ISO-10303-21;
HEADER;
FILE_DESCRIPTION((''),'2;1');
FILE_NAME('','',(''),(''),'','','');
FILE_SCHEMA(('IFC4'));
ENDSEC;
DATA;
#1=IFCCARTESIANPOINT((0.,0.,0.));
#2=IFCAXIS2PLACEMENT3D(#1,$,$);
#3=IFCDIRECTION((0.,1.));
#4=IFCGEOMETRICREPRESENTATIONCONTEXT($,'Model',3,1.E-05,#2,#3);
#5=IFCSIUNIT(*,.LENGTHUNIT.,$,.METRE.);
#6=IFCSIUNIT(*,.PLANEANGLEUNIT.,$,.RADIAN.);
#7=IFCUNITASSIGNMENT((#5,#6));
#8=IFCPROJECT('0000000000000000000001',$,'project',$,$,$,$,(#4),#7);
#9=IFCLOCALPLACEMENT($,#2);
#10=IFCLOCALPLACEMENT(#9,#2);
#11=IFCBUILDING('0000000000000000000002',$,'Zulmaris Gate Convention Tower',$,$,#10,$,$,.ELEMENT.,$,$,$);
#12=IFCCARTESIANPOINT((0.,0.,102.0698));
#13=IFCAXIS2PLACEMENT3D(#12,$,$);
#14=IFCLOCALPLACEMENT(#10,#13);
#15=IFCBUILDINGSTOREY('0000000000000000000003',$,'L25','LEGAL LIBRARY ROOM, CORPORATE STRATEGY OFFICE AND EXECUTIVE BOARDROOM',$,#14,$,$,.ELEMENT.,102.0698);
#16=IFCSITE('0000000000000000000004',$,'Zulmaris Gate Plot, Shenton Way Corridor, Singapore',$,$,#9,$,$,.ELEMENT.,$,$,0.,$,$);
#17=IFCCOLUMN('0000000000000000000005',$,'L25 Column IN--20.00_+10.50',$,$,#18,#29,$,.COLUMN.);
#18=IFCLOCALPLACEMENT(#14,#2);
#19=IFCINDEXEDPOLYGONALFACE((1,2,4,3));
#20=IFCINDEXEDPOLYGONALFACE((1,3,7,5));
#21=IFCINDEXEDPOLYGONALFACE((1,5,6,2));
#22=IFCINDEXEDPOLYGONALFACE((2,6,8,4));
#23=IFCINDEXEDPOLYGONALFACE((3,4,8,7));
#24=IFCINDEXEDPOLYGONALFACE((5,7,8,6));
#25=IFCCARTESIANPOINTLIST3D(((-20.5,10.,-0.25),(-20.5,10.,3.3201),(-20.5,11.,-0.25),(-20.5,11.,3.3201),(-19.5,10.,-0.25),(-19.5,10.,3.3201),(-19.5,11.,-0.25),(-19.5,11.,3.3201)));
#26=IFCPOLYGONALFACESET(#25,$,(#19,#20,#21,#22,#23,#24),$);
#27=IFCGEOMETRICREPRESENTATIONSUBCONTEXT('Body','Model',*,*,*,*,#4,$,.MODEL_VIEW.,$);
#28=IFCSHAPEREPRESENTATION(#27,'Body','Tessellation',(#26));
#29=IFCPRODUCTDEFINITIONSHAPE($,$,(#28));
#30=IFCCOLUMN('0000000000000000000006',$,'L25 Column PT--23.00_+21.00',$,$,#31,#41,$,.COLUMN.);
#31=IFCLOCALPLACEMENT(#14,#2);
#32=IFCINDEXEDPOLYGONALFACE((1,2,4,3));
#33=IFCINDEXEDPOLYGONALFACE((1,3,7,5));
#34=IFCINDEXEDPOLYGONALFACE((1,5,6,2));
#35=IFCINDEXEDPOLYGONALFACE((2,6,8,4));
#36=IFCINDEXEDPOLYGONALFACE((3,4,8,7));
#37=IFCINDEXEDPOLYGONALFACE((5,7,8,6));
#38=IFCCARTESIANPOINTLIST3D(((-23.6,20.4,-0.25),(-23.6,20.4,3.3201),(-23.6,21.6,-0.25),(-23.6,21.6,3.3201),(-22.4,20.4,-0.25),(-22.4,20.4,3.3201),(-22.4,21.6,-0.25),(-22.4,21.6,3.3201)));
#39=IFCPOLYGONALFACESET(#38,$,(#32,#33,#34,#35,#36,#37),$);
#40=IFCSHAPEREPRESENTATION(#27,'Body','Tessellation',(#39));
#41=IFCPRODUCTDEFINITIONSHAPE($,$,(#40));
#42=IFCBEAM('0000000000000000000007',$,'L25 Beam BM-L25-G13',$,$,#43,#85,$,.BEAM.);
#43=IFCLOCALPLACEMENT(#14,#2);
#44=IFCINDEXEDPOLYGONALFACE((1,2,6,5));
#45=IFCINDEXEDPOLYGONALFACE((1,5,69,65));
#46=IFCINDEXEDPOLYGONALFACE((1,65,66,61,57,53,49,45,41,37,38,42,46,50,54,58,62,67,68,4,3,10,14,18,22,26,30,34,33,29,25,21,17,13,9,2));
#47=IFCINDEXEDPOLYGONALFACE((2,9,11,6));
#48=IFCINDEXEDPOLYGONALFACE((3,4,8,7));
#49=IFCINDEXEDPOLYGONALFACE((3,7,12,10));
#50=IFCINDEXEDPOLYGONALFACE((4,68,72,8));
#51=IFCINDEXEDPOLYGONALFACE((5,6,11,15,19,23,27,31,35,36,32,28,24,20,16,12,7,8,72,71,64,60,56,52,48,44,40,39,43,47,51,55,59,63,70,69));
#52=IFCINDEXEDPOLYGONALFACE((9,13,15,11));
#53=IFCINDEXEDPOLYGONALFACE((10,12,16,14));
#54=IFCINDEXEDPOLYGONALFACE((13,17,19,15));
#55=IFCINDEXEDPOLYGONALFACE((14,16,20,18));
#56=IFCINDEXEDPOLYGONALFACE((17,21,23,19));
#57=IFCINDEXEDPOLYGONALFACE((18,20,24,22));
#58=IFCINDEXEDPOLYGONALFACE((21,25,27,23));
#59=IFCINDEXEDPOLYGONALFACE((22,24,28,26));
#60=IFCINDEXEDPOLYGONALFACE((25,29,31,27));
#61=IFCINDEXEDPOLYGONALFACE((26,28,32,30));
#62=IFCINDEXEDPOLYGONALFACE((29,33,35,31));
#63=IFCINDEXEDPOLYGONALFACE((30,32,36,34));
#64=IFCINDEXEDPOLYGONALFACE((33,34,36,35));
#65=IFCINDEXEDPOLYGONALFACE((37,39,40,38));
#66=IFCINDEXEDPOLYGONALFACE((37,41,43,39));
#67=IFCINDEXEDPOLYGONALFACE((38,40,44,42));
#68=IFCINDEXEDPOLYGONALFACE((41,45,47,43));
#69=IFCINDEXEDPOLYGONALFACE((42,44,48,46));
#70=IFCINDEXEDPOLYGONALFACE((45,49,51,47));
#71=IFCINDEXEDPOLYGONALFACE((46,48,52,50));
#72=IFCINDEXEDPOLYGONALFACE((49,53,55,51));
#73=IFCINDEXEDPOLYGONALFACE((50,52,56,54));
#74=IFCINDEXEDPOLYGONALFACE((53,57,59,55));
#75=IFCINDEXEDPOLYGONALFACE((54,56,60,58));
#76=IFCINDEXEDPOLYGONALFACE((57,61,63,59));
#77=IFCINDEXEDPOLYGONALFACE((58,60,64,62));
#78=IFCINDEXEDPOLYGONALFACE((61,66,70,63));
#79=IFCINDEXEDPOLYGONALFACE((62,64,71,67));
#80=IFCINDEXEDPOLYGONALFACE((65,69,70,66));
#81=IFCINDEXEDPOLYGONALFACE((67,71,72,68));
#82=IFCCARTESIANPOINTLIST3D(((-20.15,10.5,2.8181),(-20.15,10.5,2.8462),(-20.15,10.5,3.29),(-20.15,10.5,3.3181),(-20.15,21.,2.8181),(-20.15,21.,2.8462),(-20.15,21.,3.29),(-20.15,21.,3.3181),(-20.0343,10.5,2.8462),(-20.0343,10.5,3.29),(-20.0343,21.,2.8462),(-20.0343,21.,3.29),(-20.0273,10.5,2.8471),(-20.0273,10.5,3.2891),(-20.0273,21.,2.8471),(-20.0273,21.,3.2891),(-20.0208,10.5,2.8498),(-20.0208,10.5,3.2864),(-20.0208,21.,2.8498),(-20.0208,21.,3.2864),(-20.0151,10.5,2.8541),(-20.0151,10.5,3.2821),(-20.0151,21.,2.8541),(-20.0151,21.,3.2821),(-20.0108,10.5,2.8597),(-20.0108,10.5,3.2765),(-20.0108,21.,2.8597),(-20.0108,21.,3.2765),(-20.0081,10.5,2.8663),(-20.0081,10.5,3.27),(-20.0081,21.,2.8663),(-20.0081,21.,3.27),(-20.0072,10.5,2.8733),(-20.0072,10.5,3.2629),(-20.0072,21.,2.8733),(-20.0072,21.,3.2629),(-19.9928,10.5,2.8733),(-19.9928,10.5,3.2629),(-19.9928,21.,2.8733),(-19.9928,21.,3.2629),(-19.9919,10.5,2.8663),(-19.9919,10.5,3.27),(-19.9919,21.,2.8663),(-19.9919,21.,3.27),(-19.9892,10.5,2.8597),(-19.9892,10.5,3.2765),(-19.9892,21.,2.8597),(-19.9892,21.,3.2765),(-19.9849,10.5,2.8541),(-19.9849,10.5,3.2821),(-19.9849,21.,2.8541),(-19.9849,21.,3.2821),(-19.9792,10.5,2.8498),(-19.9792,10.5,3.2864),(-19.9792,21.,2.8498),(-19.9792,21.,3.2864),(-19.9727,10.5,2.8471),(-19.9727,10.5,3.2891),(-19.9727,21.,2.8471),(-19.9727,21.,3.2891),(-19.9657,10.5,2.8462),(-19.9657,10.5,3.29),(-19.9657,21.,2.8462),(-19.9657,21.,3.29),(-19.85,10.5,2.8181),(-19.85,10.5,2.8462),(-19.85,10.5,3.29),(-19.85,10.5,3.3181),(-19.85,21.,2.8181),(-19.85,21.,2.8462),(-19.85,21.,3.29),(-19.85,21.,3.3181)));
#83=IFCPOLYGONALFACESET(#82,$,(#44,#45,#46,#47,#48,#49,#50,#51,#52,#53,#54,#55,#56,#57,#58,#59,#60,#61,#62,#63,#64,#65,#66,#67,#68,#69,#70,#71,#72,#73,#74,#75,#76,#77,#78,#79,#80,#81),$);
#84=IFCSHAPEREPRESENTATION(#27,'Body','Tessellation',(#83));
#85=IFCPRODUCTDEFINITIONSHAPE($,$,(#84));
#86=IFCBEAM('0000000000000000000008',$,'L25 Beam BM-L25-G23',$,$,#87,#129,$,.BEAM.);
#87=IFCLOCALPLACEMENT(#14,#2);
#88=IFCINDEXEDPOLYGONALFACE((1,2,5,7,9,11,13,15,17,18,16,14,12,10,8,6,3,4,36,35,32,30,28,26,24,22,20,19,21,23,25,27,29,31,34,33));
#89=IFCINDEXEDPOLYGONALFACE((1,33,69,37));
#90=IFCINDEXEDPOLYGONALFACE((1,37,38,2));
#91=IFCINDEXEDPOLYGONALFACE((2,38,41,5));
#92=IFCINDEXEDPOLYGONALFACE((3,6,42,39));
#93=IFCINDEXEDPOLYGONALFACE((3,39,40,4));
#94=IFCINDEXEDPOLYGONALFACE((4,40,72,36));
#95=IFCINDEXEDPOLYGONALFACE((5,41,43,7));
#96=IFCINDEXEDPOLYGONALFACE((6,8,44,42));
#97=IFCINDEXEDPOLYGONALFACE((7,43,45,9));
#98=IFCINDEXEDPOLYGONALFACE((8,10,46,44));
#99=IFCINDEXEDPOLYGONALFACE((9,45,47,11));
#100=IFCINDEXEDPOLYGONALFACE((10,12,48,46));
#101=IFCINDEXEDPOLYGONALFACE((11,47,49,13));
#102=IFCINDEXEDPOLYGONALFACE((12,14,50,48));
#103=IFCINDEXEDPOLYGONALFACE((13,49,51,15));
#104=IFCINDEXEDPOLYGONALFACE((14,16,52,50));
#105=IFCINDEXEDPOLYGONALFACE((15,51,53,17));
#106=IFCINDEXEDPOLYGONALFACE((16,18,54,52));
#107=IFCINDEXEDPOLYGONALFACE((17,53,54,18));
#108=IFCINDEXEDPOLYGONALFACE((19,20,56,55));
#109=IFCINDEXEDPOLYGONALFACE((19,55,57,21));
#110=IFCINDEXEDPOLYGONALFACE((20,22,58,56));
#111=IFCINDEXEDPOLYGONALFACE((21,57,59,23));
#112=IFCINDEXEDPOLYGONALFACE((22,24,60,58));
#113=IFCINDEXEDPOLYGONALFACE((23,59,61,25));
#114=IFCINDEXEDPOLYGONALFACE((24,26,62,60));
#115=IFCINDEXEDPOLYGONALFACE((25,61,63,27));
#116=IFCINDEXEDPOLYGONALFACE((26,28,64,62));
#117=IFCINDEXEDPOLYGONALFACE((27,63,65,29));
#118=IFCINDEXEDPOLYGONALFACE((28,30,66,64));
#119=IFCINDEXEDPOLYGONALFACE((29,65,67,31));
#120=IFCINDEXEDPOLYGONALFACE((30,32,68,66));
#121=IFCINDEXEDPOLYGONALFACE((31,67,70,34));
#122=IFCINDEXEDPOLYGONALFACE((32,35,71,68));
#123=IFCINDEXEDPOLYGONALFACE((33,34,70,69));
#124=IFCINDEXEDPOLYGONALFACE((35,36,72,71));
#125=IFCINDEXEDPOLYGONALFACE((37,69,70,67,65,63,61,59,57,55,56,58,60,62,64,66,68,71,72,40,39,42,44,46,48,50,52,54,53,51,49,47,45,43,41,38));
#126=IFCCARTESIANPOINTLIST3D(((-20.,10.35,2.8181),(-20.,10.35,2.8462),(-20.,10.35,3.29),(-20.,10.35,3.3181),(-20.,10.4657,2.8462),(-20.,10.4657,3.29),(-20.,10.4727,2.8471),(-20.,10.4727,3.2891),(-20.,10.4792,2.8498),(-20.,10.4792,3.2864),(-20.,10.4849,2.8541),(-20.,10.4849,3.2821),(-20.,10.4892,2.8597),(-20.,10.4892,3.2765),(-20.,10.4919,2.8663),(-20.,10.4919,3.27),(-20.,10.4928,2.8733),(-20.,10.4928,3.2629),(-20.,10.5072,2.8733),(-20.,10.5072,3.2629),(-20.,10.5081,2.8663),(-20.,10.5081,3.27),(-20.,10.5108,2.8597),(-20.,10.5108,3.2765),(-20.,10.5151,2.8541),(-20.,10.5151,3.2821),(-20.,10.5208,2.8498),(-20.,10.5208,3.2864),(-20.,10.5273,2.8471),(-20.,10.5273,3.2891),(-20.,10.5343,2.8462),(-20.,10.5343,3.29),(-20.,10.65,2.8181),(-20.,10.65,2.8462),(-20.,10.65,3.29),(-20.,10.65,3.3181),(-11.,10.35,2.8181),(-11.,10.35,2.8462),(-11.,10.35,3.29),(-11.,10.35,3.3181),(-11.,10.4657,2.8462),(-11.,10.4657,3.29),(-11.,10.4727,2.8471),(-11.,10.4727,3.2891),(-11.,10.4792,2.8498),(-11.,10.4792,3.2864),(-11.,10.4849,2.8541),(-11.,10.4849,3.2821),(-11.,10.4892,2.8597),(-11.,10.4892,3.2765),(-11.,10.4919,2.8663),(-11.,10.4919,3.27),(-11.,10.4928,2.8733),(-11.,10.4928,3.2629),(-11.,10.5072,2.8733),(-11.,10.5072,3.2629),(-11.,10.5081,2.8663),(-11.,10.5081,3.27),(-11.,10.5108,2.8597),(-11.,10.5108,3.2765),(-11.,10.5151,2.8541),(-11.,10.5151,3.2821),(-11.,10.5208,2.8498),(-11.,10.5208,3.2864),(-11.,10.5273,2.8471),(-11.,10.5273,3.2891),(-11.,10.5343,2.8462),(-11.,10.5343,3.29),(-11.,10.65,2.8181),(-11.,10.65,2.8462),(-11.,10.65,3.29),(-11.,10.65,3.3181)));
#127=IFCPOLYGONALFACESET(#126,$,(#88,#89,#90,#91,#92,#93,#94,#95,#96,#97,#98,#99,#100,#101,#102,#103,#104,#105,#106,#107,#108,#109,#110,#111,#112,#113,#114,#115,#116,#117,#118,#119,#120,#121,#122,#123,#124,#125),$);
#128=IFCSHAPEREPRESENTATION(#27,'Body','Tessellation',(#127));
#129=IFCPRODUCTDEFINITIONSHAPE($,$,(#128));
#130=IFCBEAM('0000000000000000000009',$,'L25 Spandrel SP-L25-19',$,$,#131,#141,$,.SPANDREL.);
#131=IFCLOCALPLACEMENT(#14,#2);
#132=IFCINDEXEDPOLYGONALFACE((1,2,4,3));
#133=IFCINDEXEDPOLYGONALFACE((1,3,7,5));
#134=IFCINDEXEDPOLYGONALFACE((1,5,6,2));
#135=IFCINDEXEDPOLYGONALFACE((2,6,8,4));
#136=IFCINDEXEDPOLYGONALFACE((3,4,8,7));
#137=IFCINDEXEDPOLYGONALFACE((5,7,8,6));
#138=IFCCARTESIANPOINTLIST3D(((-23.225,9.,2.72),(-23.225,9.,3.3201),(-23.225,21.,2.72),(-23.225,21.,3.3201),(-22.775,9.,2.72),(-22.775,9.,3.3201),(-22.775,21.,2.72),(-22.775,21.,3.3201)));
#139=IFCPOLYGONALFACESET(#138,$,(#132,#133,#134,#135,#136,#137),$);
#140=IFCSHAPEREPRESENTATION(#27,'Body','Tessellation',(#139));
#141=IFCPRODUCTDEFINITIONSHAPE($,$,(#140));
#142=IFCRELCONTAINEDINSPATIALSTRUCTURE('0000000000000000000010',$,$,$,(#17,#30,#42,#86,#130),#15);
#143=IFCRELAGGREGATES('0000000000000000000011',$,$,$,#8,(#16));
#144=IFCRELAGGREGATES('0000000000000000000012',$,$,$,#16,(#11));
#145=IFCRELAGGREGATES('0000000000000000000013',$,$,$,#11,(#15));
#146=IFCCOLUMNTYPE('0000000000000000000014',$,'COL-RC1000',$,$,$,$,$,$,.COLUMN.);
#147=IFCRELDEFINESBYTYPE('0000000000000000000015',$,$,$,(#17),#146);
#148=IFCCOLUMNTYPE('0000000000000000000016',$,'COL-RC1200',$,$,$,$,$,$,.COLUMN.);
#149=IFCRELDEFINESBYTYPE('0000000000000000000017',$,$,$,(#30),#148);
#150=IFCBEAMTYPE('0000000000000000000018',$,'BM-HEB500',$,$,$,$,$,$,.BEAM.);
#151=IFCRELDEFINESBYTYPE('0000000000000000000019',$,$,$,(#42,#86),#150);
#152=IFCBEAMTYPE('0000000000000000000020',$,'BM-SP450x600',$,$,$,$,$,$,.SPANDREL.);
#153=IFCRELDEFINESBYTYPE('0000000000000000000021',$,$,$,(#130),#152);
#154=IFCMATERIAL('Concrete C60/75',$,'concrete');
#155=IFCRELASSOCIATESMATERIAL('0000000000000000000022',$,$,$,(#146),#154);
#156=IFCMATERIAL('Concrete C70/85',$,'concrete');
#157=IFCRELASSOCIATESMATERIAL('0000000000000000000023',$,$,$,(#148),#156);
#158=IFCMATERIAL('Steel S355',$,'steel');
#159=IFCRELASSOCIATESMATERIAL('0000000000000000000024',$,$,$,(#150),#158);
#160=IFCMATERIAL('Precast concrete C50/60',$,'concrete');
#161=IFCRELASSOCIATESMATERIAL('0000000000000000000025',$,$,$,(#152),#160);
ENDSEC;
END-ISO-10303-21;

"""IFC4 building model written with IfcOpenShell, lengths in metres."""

from ifc_helpers import new_model, si_unit, direction, frame, origin, origin_2d, place, context, subcontext, project, spatial, rectangle, i_section, extrude, material, material_profile, profile_set, type_object, element, save


model = new_model("IFC4")

# Units and contexts
model_context = context("Model", 3, precision=1e-05, world=origin(), true_north=direction((0.0, 1.0)))
body_context = subcontext(model_context, "Body", "Model", "MODEL_VIEW")
ifc_project = project(units=[si_unit("LENGTHUNIT", "METRE"), si_unit("PLANEANGLEUNIT", "RADIAN")], contexts=[model_context])

# Site, building, storey
site_placement = place(None, origin())
site = spatial("IfcSite", under=ifc_project, at=site_placement, Name="Zulmaris Gate Plot, Shenton Way Corridor, Singapore", CompositionType="ELEMENT", RefElevation=0.0)
building_placement = place(site_placement, origin())
building = spatial("IfcBuilding", under=site, at=building_placement, Name="Zulmaris Gate Convention Tower", CompositionType="ELEMENT")
storey_placement = place(building_placement, frame((0.0, 0.0, 102.0698)))
storey = spatial("IfcBuildingStorey", under=building, at=storey_placement, Name="L25", Description="LEGAL LIBRARY ROOM, CORPORATE STRATEGY OFFICE AND EXECUTIVE BOARDROOM", CompositionType="ELEMENT", Elevation=102.0698)

# Columns
ifc_material_1 = material(Name="Concrete C60/75", Category="concrete")
ifc_material_profile_1 = material_profile(ifc_material_1, rectangle(XDim=1.0, YDim=1.0, at=origin_2d()), Name="RC COL 1000x1000")
ifc_profile_set_1 = profile_set([ifc_material_profile_1], Name="Concrete C60/75")
column_type_1 = type_object("IfcColumnType", Name="COL-RC1000", PredefinedType="COLUMN", material=ifc_profile_set_1)
column_1_placement = place(storey_placement, frame((-20.0, 10.5, -0.25), z_axis=(0.0, 0.0, 1.0), x_axis=(1.0, 0.0, 0.0)))
element("IfcColumn", 1, at=column_1_placement, inside=storey, type_object=column_type_1, Name="L25 Column IN--20.00_+10.50", PredefinedType="COLUMN", context=body_context, shape_type="SweptSolid", body=[
    extrude(rectangle(XDim=1.0, YDim=1.0, at=origin_2d()), origin(), (0.0, 0.0, 1.0), 3.5701),
])
ifc_material_2 = material(Name="Concrete C70/85", Category="concrete")
ifc_material_profile_2 = material_profile(ifc_material_2, rectangle(XDim=1.2, YDim=1.2, at=origin_2d()), Name="RC COL 1200x1200")
ifc_profile_set_2 = profile_set([ifc_material_profile_2], Name="Concrete C70/85")
column_type_2 = type_object("IfcColumnType", Name="COL-RC1200", PredefinedType="COLUMN", material=ifc_profile_set_2)
column_2_placement = place(storey_placement, frame((-23.0, 21.0, -0.25), z_axis=(0.0, 0.0, 1.0), x_axis=(1.0, 0.0, 0.0)))
element("IfcColumn", 2, at=column_2_placement, inside=storey, type_object=column_type_2, Name="L25 Column PT--23.00_+21.00", PredefinedType="COLUMN", context=body_context, shape_type="SweptSolid", body=[
    extrude(rectangle(XDim=1.2, YDim=1.2, at=origin_2d()), origin(), (0.0, 0.0, 1.0), 3.5701),
])

# Beams
ifc_material_3 = material(Name="Steel S355", Category="steel")
ifc_material_profile_3 = material_profile(ifc_material_3, i_section(OverallWidth=0.3, OverallDepth=0.5, WebThickness=0.0144, FlangeThickness=0.0281, FilletRadius=0.0271, at=origin_2d()), Name="HEB 500")
ifc_profile_set_3 = profile_set([ifc_material_profile_3], Name="Steel S355")
beam_type_1 = type_object("IfcBeamType", Name="BM-HEB500", PredefinedType="BEAM", material=ifc_profile_set_3)
beam_1_placement = place(storey_placement, frame((-20.0, 10.5, 3.0681), z_axis=(0.0, 1.0, 0.0), x_axis=(-1.0, 0.0, 0.0)))
element("IfcBeam", 3, at=beam_1_placement, inside=storey, type_object=beam_type_1, Name="L25 Beam BM-L25-G13", PredefinedType="BEAM", context=body_context, shape_type="SweptSolid", body=[
    extrude(i_section(OverallWidth=0.3, OverallDepth=0.5, WebThickness=0.0144, FlangeThickness=0.0281, FilletRadius=0.0271, at=origin_2d()), origin(), (0.0, 0.0, 1.0), 10.5),
])
beam_2_placement = place(storey_placement, frame((-20.0, 10.5, 3.0681), z_axis=(1.0, 0.0, 0.0), x_axis=(0.0, 1.0, 0.0)))
element("IfcBeam", 4, at=beam_2_placement, inside=storey, type_object=beam_type_1, Name="L25 Beam BM-L25-G23", PredefinedType="BEAM", context=body_context, shape_type="SweptSolid", body=[
    extrude(i_section(OverallWidth=0.3, OverallDepth=0.5, WebThickness=0.0144, FlangeThickness=0.0281, FilletRadius=0.0271, at=origin_2d()), origin(), (0.0, 0.0, 1.0), 9.0),
])
ifc_material_4 = material(Name="Precast concrete C50/60", Category="concrete")
ifc_material_profile_4 = material_profile(ifc_material_4, rectangle(XDim=0.45, YDim=0.6001, at=origin_2d()), Name="RC SPANDREL 450x600")
ifc_profile_set_4 = profile_set([ifc_material_profile_4], Name="Precast concrete C50/60")
beam_type_2 = type_object("IfcBeamType", Name="BM-SP450x600", PredefinedType="SPANDREL", material=ifc_profile_set_4)
beam_3_placement = place(storey_placement, frame((-23.0, 21.0, 3.02), z_axis=(0.0, -1.0, 0.0), x_axis=(1.0, 0.0, 0.0)))
element("IfcBeam", 5, at=beam_3_placement, inside=storey, type_object=beam_type_2, Name="L25 Spandrel SP-L25-19", PredefinedType="SPANDREL", context=body_context, shape_type="SweptSolid", body=[
    extrude(rectangle(XDim=0.45, YDim=0.6001, at=origin_2d()), origin(), (0.0, 0.0, 1.0), 12.0),
])

save(model, "model.ifc")
